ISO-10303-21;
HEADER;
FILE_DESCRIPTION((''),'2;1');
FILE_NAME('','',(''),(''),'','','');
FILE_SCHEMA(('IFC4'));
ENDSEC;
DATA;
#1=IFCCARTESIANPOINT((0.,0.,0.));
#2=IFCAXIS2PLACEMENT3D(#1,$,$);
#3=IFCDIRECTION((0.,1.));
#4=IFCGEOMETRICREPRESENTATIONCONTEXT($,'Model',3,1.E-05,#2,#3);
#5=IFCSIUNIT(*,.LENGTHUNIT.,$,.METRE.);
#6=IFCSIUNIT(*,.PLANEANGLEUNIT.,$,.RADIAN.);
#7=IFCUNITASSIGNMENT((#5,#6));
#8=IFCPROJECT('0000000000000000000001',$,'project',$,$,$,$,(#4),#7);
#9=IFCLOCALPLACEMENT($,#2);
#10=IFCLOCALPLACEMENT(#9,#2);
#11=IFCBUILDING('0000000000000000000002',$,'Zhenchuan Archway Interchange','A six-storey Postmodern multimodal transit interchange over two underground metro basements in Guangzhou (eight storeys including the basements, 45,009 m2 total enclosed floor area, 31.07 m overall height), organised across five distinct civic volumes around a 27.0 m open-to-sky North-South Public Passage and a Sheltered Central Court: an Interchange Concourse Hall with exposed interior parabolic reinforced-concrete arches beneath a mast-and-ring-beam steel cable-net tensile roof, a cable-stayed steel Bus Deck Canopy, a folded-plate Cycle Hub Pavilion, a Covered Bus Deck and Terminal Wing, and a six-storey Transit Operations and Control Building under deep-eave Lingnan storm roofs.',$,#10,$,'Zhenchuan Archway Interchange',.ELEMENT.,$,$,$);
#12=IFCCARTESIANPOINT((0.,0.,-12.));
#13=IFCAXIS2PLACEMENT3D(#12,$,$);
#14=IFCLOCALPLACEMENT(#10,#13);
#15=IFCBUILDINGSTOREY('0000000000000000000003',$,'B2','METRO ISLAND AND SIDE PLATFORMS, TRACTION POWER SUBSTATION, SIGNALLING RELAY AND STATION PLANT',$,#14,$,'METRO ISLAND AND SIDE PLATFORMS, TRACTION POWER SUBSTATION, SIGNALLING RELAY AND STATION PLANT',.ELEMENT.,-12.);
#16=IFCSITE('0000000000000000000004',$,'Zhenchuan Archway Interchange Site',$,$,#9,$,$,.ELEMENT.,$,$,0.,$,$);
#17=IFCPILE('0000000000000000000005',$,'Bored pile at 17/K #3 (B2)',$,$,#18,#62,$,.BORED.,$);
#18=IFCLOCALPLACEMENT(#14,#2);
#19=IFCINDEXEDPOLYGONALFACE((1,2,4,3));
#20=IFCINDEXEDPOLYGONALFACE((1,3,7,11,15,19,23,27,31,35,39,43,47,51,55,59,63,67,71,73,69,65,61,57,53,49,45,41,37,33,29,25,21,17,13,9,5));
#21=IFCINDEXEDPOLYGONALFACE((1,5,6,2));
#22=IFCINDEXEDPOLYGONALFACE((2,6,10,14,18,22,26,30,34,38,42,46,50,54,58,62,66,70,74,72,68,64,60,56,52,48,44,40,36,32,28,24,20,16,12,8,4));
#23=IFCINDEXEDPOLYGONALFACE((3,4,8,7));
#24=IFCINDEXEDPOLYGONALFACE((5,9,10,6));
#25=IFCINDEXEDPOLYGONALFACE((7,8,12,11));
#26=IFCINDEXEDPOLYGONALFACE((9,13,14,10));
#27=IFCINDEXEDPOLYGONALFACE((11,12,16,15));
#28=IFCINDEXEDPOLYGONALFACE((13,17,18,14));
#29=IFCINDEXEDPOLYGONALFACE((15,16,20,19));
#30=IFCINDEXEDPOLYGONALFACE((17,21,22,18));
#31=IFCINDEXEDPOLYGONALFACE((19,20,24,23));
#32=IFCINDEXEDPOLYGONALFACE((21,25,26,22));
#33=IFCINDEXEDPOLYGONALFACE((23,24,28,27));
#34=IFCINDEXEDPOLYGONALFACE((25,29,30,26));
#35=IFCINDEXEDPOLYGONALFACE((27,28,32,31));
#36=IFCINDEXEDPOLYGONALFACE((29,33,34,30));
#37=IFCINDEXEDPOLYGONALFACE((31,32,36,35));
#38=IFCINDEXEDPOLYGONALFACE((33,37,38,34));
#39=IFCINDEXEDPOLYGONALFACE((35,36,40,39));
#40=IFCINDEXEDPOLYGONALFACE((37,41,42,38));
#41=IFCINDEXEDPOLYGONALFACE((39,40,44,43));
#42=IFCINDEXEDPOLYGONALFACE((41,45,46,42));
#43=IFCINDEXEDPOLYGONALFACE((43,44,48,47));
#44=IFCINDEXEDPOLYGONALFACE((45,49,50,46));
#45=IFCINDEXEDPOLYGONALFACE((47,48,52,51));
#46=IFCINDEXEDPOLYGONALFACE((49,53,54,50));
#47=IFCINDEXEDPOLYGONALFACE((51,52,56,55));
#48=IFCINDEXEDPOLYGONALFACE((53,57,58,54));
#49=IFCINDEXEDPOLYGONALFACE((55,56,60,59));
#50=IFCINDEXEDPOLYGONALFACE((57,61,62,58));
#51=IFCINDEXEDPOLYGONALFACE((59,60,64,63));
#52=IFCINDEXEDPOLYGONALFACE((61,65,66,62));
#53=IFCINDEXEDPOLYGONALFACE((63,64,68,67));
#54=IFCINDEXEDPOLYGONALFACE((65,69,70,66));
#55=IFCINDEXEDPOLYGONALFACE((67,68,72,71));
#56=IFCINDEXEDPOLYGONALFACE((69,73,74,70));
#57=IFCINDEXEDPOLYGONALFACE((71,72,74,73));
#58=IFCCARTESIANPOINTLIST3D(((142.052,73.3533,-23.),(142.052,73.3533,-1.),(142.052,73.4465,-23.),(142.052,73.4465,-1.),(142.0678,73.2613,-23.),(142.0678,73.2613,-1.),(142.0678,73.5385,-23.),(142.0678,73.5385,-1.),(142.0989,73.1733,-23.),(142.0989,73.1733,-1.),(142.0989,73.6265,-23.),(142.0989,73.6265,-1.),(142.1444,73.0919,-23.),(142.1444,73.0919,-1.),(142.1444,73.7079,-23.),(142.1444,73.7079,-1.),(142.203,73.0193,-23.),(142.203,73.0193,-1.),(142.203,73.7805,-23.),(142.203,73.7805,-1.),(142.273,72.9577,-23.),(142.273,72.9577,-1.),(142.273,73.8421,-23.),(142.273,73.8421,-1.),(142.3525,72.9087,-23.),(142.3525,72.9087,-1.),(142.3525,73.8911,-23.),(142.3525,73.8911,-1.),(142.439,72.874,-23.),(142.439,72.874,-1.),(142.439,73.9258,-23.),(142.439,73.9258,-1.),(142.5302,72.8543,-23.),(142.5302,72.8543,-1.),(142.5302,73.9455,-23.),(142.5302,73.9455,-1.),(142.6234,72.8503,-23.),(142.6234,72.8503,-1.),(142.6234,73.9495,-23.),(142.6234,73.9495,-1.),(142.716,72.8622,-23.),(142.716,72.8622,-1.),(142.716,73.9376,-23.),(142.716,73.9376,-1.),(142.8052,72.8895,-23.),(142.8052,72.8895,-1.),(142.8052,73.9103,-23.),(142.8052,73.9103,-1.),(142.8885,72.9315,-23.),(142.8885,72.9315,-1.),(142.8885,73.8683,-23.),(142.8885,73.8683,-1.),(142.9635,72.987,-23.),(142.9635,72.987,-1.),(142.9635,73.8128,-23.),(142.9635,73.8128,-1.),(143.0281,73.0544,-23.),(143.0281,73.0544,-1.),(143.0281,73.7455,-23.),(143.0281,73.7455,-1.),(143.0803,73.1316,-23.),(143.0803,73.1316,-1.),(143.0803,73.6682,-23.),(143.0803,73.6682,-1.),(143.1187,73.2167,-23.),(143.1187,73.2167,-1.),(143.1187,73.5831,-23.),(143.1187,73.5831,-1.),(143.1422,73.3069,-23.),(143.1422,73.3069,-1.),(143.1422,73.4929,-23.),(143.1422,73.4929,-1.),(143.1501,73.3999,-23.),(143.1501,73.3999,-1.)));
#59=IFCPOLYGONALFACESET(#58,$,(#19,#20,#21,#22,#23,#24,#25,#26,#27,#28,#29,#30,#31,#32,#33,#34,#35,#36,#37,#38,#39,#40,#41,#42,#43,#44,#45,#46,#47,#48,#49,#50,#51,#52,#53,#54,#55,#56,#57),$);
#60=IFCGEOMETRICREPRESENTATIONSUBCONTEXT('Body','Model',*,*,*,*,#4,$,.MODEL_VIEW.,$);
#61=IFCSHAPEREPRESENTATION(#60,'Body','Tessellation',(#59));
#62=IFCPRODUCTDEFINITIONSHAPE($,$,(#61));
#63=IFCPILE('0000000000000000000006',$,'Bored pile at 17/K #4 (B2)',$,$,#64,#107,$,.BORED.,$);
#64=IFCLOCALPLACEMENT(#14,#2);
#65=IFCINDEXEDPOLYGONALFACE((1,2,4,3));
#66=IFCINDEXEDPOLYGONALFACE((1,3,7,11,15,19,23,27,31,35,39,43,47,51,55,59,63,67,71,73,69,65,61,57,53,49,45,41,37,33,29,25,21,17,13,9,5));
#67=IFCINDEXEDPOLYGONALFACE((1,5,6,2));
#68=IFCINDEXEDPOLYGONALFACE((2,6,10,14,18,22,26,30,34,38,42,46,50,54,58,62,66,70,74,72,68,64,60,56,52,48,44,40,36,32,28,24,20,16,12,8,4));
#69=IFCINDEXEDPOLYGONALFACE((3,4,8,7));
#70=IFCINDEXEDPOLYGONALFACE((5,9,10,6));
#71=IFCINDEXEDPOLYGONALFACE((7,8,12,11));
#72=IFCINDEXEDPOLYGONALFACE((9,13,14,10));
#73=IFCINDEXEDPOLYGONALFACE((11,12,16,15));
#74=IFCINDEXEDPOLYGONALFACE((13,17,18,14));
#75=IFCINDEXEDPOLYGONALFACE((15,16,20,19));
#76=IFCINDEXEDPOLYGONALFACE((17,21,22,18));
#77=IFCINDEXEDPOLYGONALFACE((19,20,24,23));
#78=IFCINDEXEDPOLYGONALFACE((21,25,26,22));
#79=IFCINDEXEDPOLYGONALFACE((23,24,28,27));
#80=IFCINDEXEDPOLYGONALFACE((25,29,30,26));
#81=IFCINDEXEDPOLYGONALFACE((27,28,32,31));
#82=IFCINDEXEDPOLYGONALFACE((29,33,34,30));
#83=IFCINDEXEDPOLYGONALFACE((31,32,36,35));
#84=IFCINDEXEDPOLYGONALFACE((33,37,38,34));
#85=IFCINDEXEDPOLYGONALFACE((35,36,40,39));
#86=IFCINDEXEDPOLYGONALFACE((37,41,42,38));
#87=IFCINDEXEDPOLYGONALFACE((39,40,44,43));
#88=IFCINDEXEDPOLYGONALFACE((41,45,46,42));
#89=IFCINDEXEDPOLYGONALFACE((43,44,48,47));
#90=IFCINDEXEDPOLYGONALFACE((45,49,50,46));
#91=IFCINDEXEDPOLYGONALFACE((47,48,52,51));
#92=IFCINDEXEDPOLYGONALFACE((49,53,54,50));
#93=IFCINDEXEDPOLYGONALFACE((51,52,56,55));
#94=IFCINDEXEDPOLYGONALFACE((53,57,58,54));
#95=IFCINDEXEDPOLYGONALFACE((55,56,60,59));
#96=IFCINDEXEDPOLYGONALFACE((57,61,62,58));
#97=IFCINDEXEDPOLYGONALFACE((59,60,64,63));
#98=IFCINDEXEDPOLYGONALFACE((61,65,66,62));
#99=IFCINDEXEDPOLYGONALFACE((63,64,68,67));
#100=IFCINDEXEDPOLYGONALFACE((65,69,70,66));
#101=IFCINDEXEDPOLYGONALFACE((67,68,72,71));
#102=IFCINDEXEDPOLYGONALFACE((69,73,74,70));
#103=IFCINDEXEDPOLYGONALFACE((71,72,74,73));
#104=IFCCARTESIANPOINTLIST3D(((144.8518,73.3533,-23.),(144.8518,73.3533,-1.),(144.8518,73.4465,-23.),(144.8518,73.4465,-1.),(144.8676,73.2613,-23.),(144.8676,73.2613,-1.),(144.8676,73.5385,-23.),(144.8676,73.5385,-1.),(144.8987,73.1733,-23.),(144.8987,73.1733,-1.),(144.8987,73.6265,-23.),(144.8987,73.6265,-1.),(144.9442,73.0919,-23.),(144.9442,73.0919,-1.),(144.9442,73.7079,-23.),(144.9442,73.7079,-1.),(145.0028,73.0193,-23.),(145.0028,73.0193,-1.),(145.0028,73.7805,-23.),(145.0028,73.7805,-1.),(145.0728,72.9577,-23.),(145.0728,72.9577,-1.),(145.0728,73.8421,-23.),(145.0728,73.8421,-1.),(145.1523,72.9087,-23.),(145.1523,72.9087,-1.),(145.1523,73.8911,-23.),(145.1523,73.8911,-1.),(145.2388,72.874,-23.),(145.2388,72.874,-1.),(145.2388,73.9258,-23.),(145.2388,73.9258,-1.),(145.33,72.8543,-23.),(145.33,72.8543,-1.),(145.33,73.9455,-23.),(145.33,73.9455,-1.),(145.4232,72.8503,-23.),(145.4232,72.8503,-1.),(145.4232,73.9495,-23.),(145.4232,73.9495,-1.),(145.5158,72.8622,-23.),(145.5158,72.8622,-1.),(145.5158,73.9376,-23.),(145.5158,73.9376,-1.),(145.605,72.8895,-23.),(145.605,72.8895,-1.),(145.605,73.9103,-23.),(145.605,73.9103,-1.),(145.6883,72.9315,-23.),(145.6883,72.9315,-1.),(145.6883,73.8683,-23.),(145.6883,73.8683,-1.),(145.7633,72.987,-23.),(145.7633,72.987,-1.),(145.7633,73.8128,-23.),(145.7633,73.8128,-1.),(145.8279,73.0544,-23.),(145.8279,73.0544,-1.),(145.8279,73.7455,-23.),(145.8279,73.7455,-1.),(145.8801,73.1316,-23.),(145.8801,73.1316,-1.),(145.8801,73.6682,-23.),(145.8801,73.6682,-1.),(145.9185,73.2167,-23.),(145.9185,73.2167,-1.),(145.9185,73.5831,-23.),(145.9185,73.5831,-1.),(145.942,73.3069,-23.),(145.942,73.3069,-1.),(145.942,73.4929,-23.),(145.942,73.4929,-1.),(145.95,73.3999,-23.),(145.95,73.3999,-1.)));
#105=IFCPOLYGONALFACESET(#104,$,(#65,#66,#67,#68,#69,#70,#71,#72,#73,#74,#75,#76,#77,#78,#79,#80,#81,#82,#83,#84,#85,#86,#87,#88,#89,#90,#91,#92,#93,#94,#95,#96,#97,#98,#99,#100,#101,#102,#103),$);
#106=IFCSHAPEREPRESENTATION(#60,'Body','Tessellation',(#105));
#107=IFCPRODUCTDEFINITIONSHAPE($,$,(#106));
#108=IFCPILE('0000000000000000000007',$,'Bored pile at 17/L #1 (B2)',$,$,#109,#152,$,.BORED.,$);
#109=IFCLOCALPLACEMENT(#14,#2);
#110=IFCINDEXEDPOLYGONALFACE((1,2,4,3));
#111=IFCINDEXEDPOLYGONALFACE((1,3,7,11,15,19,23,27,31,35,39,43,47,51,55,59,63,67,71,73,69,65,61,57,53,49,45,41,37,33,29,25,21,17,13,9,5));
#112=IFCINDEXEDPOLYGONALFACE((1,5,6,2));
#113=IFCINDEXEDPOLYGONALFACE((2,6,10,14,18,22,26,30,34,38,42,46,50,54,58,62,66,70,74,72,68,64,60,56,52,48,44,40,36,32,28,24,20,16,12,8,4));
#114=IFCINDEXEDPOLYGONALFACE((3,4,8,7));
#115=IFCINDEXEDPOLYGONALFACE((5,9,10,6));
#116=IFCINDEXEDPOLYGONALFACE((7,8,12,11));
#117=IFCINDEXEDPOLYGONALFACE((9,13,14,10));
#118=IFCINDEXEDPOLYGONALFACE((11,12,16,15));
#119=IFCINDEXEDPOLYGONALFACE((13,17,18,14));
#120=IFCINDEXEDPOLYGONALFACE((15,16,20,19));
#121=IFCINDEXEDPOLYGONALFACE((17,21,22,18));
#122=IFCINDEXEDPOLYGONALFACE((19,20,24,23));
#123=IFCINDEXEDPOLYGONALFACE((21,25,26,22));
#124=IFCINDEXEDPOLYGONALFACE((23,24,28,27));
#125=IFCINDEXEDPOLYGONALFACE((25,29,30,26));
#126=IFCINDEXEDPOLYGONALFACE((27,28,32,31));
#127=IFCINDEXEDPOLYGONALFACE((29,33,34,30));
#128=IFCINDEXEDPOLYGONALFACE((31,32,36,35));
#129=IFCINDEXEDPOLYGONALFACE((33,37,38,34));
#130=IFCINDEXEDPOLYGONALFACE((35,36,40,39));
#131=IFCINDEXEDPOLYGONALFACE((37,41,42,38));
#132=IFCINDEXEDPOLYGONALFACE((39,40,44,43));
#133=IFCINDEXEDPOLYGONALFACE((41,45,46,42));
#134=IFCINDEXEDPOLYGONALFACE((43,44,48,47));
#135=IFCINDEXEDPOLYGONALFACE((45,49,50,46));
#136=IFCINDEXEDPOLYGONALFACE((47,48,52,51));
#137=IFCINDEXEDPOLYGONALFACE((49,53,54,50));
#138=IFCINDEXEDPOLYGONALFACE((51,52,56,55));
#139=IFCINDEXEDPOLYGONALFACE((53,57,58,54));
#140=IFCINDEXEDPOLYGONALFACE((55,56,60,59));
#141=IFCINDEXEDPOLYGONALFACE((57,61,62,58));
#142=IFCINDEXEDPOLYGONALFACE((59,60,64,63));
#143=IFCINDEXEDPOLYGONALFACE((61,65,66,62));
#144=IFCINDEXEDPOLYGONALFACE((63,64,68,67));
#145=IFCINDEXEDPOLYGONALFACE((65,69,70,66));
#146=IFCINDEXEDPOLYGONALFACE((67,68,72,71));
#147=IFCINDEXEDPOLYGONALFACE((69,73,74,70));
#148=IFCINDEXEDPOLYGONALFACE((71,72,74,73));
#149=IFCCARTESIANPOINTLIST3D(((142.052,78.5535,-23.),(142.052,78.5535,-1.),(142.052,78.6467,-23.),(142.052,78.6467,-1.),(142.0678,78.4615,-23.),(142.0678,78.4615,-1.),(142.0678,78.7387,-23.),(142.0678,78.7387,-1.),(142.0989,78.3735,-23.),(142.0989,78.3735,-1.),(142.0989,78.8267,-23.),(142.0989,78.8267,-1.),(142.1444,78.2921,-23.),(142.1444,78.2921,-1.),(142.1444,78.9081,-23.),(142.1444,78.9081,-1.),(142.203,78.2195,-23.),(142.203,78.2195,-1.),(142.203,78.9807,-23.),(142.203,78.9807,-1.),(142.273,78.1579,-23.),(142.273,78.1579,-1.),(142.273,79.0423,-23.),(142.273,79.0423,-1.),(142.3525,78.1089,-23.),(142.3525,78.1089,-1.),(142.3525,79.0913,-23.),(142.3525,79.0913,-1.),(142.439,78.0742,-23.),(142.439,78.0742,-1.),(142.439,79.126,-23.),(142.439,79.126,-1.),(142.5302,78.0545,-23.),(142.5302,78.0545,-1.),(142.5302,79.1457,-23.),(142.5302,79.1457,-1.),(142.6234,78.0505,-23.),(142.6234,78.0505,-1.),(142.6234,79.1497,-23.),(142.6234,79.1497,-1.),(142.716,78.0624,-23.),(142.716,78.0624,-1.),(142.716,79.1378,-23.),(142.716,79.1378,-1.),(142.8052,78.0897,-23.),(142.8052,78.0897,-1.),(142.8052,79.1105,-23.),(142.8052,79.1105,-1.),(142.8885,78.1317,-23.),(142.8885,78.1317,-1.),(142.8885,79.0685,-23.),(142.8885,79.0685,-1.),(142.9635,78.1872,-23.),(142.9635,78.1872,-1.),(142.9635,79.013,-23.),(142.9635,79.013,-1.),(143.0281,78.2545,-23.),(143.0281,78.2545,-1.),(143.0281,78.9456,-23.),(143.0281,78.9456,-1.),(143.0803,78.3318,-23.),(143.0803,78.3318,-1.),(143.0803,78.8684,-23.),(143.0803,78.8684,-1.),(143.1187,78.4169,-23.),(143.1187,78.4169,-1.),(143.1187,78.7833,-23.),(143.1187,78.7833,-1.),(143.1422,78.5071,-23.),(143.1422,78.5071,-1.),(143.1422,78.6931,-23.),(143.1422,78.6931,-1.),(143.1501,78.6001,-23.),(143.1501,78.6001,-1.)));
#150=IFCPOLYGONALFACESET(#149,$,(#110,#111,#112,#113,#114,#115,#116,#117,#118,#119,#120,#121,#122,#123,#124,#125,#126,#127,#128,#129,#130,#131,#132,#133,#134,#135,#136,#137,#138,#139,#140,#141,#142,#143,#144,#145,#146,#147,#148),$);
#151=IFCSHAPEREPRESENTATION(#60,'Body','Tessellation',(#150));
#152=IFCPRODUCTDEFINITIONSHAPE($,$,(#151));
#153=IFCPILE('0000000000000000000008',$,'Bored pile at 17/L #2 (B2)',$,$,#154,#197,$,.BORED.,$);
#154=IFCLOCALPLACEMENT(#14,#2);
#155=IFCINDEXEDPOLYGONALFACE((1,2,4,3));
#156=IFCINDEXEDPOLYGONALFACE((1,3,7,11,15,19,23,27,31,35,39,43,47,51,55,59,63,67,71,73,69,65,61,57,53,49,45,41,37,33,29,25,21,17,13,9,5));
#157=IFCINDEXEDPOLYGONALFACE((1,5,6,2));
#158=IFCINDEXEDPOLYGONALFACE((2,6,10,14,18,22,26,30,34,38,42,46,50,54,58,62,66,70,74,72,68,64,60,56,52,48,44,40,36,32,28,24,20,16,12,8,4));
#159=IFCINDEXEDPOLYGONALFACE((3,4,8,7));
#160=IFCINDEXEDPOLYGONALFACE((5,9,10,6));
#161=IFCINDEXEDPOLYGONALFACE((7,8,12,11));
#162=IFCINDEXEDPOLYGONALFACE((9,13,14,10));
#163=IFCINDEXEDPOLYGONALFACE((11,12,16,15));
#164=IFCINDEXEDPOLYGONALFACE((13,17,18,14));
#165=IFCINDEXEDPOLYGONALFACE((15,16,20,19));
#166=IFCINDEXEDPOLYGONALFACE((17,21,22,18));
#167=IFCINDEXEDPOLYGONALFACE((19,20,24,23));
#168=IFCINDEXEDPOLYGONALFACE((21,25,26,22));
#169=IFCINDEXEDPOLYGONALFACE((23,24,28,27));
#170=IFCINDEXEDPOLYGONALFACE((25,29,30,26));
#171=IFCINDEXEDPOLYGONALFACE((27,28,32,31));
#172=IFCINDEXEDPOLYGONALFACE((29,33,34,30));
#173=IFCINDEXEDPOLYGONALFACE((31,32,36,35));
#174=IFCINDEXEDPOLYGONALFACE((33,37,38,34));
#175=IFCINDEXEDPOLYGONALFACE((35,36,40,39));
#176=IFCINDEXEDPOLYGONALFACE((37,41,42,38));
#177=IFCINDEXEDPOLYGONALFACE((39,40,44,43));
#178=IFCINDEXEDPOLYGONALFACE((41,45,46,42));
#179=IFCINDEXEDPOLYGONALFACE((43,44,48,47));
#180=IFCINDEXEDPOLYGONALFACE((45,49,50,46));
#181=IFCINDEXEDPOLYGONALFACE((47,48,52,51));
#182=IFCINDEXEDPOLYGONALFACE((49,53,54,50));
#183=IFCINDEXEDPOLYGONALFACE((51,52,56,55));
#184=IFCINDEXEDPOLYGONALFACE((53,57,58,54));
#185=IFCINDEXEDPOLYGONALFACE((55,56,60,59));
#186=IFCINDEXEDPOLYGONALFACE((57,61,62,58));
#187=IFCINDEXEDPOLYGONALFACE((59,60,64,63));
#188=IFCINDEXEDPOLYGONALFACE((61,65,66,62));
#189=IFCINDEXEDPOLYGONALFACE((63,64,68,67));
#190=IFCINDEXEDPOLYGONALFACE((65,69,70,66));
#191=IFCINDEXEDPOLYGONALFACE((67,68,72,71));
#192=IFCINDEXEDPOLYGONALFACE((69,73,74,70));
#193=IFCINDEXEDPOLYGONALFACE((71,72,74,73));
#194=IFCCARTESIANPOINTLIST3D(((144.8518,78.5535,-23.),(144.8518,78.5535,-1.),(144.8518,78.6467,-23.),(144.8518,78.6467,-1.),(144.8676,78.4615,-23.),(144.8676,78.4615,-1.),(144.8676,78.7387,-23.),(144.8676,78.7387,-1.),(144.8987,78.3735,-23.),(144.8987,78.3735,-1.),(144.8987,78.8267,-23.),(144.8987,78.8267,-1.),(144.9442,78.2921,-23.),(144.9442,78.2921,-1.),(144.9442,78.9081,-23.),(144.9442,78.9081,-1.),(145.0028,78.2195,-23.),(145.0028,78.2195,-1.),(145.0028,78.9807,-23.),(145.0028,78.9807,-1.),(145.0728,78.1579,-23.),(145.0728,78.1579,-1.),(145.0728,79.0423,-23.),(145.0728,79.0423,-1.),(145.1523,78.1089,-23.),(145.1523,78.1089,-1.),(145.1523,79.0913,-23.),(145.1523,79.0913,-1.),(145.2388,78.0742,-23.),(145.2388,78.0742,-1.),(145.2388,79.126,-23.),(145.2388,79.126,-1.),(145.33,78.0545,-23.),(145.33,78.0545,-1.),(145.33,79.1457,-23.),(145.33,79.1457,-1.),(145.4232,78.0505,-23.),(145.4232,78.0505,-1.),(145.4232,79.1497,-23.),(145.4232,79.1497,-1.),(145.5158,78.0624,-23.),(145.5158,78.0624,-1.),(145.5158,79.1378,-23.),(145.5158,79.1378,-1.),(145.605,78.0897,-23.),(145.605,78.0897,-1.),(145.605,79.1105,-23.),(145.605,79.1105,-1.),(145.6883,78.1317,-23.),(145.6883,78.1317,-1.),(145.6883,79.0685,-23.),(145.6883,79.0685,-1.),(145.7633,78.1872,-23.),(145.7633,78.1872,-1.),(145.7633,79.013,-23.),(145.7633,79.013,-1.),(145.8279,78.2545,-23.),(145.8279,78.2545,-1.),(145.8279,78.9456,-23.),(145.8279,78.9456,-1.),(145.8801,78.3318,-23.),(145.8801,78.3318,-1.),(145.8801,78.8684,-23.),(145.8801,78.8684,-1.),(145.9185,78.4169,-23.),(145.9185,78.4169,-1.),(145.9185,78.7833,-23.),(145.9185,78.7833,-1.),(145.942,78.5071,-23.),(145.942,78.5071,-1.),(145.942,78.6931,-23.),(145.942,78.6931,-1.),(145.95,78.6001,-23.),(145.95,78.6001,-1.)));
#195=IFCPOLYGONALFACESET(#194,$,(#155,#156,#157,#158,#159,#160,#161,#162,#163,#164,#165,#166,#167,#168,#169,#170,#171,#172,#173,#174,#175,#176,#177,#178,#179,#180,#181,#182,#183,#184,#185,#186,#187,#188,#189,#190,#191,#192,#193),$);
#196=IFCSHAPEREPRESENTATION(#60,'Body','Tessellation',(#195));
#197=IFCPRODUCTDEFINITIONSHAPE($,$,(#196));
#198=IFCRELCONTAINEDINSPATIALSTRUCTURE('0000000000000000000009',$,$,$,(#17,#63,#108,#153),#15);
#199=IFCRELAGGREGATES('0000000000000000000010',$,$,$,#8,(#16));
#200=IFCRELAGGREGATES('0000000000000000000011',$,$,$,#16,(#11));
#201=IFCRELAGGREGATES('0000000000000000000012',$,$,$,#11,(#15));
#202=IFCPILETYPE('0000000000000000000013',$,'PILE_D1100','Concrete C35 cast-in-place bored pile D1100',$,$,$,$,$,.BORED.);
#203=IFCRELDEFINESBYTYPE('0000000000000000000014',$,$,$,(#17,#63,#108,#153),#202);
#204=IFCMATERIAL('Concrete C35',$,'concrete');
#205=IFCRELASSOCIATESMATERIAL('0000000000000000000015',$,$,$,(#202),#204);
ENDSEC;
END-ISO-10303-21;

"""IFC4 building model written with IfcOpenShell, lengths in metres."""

from ifc_helpers import new_model, si_unit, direction, frame, origin, origin_2d, place, context, subcontext, project, spatial, circle, extrude, material, material_profile, profile_set, type_object, element, save


model = new_model("IFC4")

# Units and contexts
model_context = context("Model", 3, precision=1e-05, world=origin(), true_north=direction((0.0, 1.0)))
body_context = subcontext(model_context, "Body", "Model", "MODEL_VIEW")
ifc_project = project(units=[si_unit("LENGTHUNIT", "METRE"), si_unit("PLANEANGLEUNIT", "RADIAN")], contexts=[model_context])

# Site, building, storey
site_placement = place(None, origin())
site = spatial("IfcSite", under=ifc_project, at=site_placement, Name="Zhenchuan Archway Interchange Site", CompositionType="ELEMENT", RefElevation=0.0)
building_placement = place(site_placement, origin())
building = spatial("IfcBuilding", under=site, at=building_placement, Name="Zhenchuan Archway Interchange", Description="A six-storey Postmodern multimodal transit interchange over two underground metro basements in Guangzhou (eight storeys including the basements, 45,009 m2 total enclosed floor area, 31.07 m overall height), organised across five distinct civic volumes around a 27.0 m open-to-sky North-South Public Passage and a Sheltered Central Court: an Interchange Concourse Hall with exposed interior parabolic reinforced-concrete arches beneath a mast-and-ring-beam steel cable-net tensile roof, a cable-stayed steel Bus Deck Canopy, a folded-plate Cycle Hub Pavilion, a Covered Bus Deck and Terminal Wing, and a six-storey Transit Operations and Control Building under deep-eave Lingnan storm roofs.", LongName="Zhenchuan Archway Interchange", CompositionType="ELEMENT")
storey_placement = place(building_placement, frame((0.0, 0.0, -12.0)))
storey = spatial("IfcBuildingStorey", under=building, at=storey_placement, Name="B2", Description="METRO ISLAND AND SIDE PLATFORMS, TRACTION POWER SUBSTATION, SIGNALLING RELAY AND STATION PLANT", LongName="METRO ISLAND AND SIDE PLATFORMS, TRACTION POWER SUBSTATION, SIGNALLING RELAY AND STATION PLANT", CompositionType="ELEMENT", Elevation=-12.0)

# Piles
ifc_material_1 = material(Name="Concrete C35", Category="concrete")
ifc_material_profile_1 = material_profile(ifc_material_1, circle(Radius=0.55, at=origin_2d()), Name="BORED PILE 1100")
ifc_profile_set_1 = profile_set([ifc_material_profile_1], Name="Concrete C35")
pile_type_1 = type_object("IfcPileType", Name="PILE_D1100", Description="Concrete C35 cast-in-place bored pile D1100", PredefinedType="BORED", material=ifc_profile_set_1)
for number, where, z_axis, x_axis, name in (
    (1, (142.6001, 73.3999, -1.0), (0.0, 0.0, -1.0), (1.0, 0.0, 0.0), "Bored pile at 17/K #3 (B2)"),
    (2, (145.3999, 73.3999, -1.0), (0.0, 0.0, -1.0), (1.0, 0.0, 0.0), "Bored pile at 17/K #4 (B2)"),
    (3, (142.6001, 78.6001, -1.0), (0.0, 0.0, -1.0), (1.0, 0.0, 0.0), "Bored pile at 17/L #1 (B2)"),
    (4, (145.3999, 78.6001, -1.0), (0.0, 0.0, -1.0), (1.0, 0.0, 0.0), "Bored pile at 17/L #2 (B2)"),
):
    element("IfcPile", number, at=place(storey_placement, frame(where, z_axis=z_axis, x_axis=x_axis)), inside=storey, type_object=pile_type_1, Name=name, PredefinedType="BORED", context=body_context, shape_type="SweptSolid", body=[
        extrude(circle(Radius=0.55, at=origin_2d()), origin(), (0.0, 0.0, 1.0), 22.0),
    ])

save(model, "model.ifc")
